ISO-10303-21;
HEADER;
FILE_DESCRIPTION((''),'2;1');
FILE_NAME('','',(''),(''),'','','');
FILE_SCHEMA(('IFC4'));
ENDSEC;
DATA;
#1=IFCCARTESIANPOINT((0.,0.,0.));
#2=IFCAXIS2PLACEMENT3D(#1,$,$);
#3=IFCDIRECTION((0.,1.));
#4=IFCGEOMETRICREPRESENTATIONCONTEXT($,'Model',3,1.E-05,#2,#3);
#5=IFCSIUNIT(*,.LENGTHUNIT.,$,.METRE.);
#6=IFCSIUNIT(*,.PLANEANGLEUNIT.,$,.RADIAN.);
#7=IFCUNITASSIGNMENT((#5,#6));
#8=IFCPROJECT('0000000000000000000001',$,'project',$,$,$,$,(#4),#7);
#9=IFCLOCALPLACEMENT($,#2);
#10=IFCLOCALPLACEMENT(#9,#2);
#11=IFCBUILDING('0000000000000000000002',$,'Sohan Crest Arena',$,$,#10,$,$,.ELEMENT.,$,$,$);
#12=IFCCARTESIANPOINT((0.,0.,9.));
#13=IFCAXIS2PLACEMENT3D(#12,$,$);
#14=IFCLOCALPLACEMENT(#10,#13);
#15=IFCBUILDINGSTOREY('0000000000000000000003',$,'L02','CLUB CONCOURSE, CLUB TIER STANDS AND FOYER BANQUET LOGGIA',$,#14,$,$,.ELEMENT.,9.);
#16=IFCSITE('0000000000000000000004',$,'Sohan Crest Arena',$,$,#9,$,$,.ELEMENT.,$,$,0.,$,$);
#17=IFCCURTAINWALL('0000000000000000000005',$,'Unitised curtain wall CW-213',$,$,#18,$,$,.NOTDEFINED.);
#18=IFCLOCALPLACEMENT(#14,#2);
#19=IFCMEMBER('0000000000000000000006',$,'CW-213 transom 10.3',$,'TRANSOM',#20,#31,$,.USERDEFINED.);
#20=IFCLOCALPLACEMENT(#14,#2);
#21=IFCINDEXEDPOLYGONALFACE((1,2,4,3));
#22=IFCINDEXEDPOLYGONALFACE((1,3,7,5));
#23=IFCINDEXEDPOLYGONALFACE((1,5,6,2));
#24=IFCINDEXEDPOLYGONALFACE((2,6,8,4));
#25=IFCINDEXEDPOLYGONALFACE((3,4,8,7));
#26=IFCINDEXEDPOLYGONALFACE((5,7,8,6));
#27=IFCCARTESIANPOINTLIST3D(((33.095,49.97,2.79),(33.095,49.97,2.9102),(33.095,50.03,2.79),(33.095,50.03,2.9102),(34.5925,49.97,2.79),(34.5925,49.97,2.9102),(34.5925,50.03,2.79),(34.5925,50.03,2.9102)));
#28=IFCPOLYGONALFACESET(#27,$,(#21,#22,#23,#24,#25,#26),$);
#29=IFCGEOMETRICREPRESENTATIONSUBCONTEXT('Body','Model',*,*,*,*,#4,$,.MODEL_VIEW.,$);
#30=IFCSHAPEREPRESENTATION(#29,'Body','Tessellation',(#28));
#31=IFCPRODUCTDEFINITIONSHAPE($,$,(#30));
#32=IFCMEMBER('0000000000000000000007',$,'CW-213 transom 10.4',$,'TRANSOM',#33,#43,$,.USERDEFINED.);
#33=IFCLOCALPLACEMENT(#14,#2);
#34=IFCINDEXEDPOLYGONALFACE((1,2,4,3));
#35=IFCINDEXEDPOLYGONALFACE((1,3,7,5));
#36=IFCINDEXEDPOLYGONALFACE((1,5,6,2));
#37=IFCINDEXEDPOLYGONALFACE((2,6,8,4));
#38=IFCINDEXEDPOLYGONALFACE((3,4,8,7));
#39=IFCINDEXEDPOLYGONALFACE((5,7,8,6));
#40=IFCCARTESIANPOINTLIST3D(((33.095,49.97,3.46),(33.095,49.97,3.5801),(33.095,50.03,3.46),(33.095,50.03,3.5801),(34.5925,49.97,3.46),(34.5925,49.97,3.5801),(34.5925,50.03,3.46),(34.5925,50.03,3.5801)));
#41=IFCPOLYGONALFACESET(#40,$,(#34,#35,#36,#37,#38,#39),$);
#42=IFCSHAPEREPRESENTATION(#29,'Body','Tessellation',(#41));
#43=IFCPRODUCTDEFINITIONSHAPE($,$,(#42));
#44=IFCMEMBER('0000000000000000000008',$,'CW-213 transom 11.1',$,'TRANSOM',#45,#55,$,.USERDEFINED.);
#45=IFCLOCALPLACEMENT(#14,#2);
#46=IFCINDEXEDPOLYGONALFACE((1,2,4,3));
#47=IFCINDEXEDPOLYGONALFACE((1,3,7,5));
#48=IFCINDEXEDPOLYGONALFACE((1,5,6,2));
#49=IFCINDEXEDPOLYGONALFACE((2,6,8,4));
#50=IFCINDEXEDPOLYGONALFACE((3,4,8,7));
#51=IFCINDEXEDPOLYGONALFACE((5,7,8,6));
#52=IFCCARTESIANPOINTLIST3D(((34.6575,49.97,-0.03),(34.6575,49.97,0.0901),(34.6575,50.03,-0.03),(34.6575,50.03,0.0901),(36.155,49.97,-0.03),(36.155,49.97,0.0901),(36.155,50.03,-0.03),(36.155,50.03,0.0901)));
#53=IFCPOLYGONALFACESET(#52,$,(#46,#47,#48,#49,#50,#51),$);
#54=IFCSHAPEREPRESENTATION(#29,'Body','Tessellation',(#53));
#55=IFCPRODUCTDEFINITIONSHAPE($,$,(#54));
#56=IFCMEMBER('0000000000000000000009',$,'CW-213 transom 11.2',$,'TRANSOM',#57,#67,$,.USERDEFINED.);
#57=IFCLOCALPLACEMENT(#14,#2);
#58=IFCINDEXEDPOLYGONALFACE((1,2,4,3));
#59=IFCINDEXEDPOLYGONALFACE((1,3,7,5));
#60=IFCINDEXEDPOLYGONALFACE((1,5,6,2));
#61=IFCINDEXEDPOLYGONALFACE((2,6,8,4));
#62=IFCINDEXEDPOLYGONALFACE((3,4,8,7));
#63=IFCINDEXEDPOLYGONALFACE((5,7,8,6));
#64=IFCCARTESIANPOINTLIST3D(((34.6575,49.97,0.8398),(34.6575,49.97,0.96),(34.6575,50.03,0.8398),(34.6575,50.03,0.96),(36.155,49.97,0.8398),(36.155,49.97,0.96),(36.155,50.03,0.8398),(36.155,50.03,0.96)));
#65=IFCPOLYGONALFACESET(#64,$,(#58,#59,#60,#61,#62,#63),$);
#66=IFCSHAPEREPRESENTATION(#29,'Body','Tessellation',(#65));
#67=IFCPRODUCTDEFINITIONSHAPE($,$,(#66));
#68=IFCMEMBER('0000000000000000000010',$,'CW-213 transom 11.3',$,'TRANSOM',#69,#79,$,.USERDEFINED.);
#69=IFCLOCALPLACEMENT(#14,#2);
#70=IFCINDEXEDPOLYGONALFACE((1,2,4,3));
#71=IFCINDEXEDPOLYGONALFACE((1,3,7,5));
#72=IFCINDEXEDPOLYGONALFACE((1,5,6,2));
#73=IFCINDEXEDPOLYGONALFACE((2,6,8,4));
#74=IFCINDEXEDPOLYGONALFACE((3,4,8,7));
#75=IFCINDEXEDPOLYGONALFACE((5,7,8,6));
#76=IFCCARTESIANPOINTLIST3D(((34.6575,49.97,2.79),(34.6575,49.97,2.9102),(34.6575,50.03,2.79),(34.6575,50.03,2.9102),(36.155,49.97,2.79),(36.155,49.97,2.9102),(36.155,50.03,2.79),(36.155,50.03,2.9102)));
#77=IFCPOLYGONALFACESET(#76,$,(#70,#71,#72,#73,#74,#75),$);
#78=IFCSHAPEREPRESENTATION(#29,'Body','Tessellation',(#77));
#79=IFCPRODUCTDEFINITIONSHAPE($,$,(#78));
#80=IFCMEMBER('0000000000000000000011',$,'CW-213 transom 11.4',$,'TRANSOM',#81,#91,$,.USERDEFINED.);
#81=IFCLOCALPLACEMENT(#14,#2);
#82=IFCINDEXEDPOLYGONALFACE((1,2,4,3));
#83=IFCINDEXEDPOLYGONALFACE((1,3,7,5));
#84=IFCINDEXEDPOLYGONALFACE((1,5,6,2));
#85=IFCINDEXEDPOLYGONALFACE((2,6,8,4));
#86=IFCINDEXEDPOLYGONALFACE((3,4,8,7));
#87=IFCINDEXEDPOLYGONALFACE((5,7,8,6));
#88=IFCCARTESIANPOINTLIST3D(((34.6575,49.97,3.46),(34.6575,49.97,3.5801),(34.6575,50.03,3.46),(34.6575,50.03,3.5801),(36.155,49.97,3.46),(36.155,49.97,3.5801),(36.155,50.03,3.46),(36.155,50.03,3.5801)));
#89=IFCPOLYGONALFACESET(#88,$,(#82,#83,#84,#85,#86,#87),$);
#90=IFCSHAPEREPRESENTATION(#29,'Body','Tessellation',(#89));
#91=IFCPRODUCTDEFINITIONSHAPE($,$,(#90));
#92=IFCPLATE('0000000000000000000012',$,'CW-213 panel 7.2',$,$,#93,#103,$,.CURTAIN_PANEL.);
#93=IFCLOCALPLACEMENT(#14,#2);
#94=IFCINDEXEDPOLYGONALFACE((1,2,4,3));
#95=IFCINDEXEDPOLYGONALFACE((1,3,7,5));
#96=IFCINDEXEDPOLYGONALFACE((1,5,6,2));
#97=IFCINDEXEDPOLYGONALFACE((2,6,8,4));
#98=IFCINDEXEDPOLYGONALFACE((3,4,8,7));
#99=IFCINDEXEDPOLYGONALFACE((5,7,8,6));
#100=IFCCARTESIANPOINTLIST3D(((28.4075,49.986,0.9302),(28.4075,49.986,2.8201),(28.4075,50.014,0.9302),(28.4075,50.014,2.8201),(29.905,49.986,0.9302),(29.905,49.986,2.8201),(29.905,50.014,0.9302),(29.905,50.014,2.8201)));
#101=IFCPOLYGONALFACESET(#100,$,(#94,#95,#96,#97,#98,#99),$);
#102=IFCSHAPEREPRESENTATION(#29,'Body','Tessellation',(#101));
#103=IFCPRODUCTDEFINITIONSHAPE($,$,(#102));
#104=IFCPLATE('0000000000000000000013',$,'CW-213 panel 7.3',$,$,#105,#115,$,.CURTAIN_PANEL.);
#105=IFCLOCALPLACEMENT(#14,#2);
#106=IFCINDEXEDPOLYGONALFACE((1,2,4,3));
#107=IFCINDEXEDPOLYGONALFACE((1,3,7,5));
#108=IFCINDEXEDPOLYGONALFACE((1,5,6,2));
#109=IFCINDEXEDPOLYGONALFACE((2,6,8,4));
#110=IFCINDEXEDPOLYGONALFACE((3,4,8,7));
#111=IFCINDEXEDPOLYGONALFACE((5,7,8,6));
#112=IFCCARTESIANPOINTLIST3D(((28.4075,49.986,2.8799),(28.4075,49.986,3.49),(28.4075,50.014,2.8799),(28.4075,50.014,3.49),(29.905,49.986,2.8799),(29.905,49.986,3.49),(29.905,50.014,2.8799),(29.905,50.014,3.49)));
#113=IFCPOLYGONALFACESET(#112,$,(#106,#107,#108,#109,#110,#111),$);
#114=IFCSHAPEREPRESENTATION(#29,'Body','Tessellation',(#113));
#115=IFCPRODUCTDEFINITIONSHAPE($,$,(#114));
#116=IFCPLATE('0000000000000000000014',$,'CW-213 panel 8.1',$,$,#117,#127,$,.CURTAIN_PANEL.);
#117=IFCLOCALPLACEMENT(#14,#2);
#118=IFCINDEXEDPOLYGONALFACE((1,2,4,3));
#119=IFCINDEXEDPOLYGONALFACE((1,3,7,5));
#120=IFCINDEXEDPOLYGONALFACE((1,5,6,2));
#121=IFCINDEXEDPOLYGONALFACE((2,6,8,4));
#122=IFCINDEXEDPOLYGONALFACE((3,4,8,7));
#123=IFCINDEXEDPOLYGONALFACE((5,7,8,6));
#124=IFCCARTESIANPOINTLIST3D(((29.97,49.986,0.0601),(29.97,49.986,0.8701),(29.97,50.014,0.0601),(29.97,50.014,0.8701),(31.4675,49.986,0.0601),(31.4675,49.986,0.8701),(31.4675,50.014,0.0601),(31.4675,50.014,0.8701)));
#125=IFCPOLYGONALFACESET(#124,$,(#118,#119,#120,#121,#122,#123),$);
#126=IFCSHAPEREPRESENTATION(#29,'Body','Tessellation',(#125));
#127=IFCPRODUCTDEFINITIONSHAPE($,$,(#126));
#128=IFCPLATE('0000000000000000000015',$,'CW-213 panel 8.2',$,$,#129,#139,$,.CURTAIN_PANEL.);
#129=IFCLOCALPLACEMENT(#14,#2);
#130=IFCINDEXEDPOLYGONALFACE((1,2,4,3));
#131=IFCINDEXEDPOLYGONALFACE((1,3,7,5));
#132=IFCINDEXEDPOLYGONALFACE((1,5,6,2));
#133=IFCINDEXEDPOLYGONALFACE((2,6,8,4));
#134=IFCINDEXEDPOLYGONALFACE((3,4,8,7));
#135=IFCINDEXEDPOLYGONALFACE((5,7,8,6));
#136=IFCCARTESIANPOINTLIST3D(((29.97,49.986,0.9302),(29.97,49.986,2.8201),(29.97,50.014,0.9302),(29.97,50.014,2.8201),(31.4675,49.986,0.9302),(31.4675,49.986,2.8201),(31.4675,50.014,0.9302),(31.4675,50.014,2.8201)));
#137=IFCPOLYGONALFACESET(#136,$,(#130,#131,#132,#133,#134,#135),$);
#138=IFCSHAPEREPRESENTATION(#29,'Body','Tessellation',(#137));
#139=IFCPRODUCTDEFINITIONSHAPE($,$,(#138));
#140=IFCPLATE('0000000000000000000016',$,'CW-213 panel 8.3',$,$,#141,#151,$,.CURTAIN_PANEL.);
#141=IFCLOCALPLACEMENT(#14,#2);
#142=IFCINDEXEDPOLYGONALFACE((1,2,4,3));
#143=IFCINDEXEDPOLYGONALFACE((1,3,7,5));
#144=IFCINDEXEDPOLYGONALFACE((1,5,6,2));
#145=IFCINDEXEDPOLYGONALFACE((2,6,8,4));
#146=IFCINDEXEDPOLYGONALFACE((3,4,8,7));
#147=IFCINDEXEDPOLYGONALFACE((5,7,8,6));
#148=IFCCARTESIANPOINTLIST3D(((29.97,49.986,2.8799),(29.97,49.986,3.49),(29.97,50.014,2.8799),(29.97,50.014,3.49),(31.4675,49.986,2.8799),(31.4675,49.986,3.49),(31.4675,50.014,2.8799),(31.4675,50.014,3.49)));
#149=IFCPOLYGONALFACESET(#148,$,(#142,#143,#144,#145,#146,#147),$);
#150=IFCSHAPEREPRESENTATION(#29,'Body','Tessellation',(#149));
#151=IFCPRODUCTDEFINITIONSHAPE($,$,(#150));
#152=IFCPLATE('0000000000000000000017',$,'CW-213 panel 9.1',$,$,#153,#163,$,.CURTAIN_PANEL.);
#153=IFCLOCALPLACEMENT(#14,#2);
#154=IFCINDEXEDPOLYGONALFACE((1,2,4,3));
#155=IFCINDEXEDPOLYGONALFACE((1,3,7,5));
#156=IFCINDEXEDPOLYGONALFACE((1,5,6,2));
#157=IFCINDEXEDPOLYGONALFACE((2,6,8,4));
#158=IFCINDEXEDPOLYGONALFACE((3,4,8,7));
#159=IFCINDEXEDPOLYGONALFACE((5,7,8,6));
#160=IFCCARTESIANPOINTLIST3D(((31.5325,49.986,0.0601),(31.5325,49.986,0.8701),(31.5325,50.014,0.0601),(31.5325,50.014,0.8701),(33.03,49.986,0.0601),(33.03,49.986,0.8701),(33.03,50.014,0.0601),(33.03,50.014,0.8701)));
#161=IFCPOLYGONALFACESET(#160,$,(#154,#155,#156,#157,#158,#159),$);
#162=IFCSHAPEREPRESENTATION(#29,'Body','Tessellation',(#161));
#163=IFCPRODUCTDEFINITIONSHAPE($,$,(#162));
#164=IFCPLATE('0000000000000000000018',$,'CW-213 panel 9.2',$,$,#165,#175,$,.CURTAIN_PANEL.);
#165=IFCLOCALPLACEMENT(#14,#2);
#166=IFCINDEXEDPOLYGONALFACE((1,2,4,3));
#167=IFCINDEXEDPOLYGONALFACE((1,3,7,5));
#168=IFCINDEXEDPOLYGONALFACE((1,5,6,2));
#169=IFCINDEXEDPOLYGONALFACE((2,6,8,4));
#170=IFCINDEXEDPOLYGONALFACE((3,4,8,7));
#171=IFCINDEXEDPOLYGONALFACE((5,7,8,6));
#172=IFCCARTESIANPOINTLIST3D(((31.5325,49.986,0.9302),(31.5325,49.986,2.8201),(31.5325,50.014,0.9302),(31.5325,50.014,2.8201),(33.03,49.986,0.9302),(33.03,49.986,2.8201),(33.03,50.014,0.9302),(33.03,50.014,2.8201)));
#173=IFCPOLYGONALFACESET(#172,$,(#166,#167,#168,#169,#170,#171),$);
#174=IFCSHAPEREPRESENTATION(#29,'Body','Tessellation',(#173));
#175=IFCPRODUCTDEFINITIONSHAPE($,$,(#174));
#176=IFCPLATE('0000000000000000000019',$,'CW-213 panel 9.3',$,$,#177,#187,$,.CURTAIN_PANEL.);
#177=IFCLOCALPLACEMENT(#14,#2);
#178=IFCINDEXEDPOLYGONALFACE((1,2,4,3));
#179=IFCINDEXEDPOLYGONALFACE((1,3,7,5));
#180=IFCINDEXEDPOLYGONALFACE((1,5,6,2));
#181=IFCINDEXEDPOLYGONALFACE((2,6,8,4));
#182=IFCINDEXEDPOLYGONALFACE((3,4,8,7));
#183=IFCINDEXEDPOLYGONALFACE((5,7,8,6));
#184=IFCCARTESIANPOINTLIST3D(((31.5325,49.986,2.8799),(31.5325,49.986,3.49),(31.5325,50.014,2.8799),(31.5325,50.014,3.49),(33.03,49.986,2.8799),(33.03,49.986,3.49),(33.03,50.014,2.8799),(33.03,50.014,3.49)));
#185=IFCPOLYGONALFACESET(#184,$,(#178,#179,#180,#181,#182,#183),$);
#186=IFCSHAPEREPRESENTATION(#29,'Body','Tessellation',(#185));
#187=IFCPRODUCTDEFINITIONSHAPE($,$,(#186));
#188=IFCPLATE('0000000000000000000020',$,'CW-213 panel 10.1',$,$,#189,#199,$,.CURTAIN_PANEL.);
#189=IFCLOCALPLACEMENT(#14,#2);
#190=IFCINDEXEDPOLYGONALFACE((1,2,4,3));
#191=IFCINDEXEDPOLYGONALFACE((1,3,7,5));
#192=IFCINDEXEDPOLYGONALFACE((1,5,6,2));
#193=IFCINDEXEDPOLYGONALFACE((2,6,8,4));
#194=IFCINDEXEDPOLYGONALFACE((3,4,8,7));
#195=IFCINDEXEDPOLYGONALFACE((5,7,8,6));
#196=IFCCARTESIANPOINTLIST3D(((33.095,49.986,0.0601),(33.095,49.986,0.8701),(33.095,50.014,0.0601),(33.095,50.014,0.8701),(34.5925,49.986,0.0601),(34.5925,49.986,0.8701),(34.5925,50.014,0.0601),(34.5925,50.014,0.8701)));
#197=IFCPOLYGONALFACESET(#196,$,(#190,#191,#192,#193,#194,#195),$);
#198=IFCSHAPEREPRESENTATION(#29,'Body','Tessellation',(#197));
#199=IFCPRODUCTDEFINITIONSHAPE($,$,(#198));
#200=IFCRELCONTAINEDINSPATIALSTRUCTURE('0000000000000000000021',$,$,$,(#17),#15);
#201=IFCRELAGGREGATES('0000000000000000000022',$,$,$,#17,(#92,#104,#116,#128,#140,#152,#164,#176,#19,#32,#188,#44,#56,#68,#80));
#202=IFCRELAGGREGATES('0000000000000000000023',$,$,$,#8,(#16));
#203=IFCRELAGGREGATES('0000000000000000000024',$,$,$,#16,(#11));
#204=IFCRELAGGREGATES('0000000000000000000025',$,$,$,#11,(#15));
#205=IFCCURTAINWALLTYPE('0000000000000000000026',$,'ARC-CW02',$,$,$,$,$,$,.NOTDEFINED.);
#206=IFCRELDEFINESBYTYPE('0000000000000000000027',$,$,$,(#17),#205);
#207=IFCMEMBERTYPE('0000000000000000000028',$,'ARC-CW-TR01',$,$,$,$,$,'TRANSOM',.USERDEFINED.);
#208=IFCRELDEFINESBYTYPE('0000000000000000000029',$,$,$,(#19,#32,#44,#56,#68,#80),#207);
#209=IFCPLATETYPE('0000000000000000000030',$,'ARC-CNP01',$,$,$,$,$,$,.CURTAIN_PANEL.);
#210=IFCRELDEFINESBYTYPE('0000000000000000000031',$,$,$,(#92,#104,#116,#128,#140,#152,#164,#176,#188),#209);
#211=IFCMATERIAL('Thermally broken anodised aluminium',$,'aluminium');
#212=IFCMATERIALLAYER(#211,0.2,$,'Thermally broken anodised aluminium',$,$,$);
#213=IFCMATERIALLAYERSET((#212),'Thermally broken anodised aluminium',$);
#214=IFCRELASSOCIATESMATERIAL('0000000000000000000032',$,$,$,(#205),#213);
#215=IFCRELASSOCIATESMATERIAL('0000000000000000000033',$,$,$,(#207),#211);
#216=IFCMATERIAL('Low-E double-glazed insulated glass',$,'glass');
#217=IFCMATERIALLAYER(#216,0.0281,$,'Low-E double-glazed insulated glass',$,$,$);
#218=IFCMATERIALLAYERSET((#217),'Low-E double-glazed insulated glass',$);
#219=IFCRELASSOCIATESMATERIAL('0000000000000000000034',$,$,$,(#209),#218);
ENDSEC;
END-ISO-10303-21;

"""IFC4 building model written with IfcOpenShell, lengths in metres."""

from ifc_helpers import new_model, si_unit, direction, frame, origin, origin_2d, place, context, subcontext, project, spatial, rectangle, extrude, material, layer, layer_set, material_profile, profile_set, type_object, element, aggregate, save


model = new_model("IFC4")

# Units and contexts
model_context = context("Model", 3, precision=1e-05, world=origin(), true_north=direction((0.0, 1.0)))
body_context = subcontext(model_context, "Body", "Model", "MODEL_VIEW")
ifc_project = project(units=[si_unit("LENGTHUNIT", "METRE"), si_unit("PLANEANGLEUNIT", "RADIAN")], contexts=[model_context])

# Site, building, storey
site_placement = place(None, origin())
site = spatial("IfcSite", under=ifc_project, at=site_placement, Name="Sohan Crest Arena", CompositionType="ELEMENT", RefElevation=0.0)
building_placement = place(site_placement, origin())
building = spatial("IfcBuilding", under=site, at=building_placement, Name="Sohan Crest Arena", CompositionType="ELEMENT")
storey_placement = place(building_placement, frame((0.0, 0.0, 9.0)))
storey = spatial("IfcBuildingStorey", under=building, at=storey_placement, Name="L02", Description="CLUB CONCOURSE, CLUB TIER STANDS AND FOYER BANQUET LOGGIA", CompositionType="ELEMENT", Elevation=9.0)

# Curtain wall, members, plates
ifc_material_1 = material(Name="Thermally broken anodised aluminium", Category="aluminium")
ifc_layer_1 = layer(ifc_material_1, 0.2, Name="Thermally broken anodised aluminium")
ifc_layer_set_1 = layer_set([ifc_layer_1], Name="Thermally broken anodised aluminium")
curtain_wall_type = type_object("IfcCurtainWallType", Name="ARC-CW02", PredefinedType="NOTDEFINED", material=ifc_layer_set_1)
curtain_wall_placement = place(storey_placement, origin())
curtain_wall = element("IfcCurtainWall", 1, at=curtain_wall_placement, inside=storey, type_object=curtain_wall_type, Name="Unitised curtain wall CW-213", PredefinedType="NOTDEFINED")
ifc_material_profile_1 = material_profile(ifc_material_1, rectangle(XDim=0.0601, YDim=0.1201, at=origin_2d()), Name="ALU-TRAN 60x120")
ifc_profile_set_1 = profile_set([ifc_material_profile_1], Name="Thermally broken anodised aluminium")
member_type_1 = type_object("IfcMemberType", Name="ARC-CW-TR01", ElementType="TRANSOM", PredefinedType="USERDEFINED", material=ifc_profile_set_1)
member_1_placement = place(storey_placement, frame((33.095, 50.0, 2.8501), z_axis=(1.0, 0.0, 0.0), x_axis=(0.0, 1.0, 0.0)))
member_1 = element("IfcMember", 2, at=member_1_placement, type_object=member_type_1, Name="CW-213 transom 10.3", ObjectType="TRANSOM", PredefinedType="USERDEFINED", context=body_context, shape_type="SweptSolid", body=[
    extrude(rectangle(XDim=0.0601, YDim=0.1201, at=origin_2d()), origin(), (0.0, 0.0, 1.0), 1.4976),
])
member_2_placement = place(storey_placement, frame((33.095, 50.0, 3.52), z_axis=(1.0, 0.0, 0.0), x_axis=(0.0, 1.0, 0.0)))
member_2 = element("IfcMember", 3, at=member_2_placement, type_object=member_type_1, Name="CW-213 transom 10.4", ObjectType="TRANSOM", PredefinedType="USERDEFINED", context=body_context, shape_type="SweptSolid", body=[
    extrude(rectangle(XDim=0.0601, YDim=0.1201, at=origin_2d()), origin(), (0.0, 0.0, 1.0), 1.4976),
])
member_3_placement = place(storey_placement, frame((34.6575, 50.0, 0.03), z_axis=(1.0, 0.0, 0.0), x_axis=(0.0, 1.0, 0.0)))
member_3 = element("IfcMember", 4, at=member_3_placement, type_object=member_type_1, Name="CW-213 transom 11.1", ObjectType="TRANSOM", PredefinedType="USERDEFINED", context=body_context, shape_type="SweptSolid", body=[
    extrude(rectangle(XDim=0.0601, YDim=0.1201, at=origin_2d()), origin(), (0.0, 0.0, 1.0), 1.4976),
])
member_4_placement = place(storey_placement, frame((34.6575, 50.0, 0.8999), z_axis=(1.0, 0.0, 0.0), x_axis=(0.0, 1.0, 0.0)))
member_4 = element("IfcMember", 5, at=member_4_placement, type_object=member_type_1, Name="CW-213 transom 11.2", ObjectType="TRANSOM", PredefinedType="USERDEFINED", context=body_context, shape_type="SweptSolid", body=[
    extrude(rectangle(XDim=0.0601, YDim=0.1201, at=origin_2d()), origin(), (0.0, 0.0, 1.0), 1.4976),
])
member_5_placement = place(storey_placement, frame((34.6575, 50.0, 2.8501), z_axis=(1.0, 0.0, 0.0), x_axis=(0.0, 1.0, 0.0)))
member_5 = element("IfcMember", 6, at=member_5_placement, type_object=member_type_1, Name="CW-213 transom 11.3", ObjectType="TRANSOM", PredefinedType="USERDEFINED", context=body_context, shape_type="SweptSolid", body=[
    extrude(rectangle(XDim=0.0601, YDim=0.1201, at=origin_2d()), origin(), (0.0, 0.0, 1.0), 1.4976),
])
member_6_placement = place(storey_placement, frame((34.6575, 50.0, 3.52), z_axis=(1.0, 0.0, 0.0), x_axis=(0.0, 1.0, 0.0)))
member_6 = element("IfcMember", 7, at=member_6_placement, type_object=member_type_1, Name="CW-213 transom 11.4", ObjectType="TRANSOM", PredefinedType="USERDEFINED", context=body_context, shape_type="SweptSolid", body=[
    extrude(rectangle(XDim=0.0601, YDim=0.1201, at=origin_2d()), origin(), (0.0, 0.0, 1.0), 1.4976),
])
ifc_material_2 = material(Name="Low-E double-glazed insulated glass", Category="glass")
ifc_layer_2 = layer(ifc_material_2, 0.0281, Name="Low-E double-glazed insulated glass")
ifc_layer_set_2 = layer_set([ifc_layer_2], Name="Low-E double-glazed insulated glass")
plate_type = type_object("IfcPlateType", Name="ARC-CNP01", PredefinedType="CURTAIN_PANEL", material=ifc_layer_set_2)
plate_1_placement = place(storey_placement, frame((29.1562, 50.0, 0.9302), z_axis=(0.0, 0.0, 1.0), x_axis=(1.0, 0.0, 0.0)))
plate_1 = element("IfcPlate", 8, at=plate_1_placement, type_object=plate_type, Name="CW-213 panel 7.2", PredefinedType="CURTAIN_PANEL", context=body_context, shape_type="SweptSolid", body=[
    extrude(rectangle(XDim=1.4976, YDim=0.0281, at=origin_2d()), origin(), (0.0, 0.0, 1.0), 1.8899),
])
plate_2_placement = place(storey_placement, frame((29.1562, 50.0, 2.8799), z_axis=(0.0, 0.0, 1.0), x_axis=(1.0, 0.0, 0.0)))
plate_2 = element("IfcPlate", 9, at=plate_2_placement, type_object=plate_type, Name="CW-213 panel 7.3", PredefinedType="CURTAIN_PANEL", context=body_context, shape_type="SweptSolid", body=[
    extrude(rectangle(XDim=1.4976, YDim=0.0281, at=origin_2d()), origin(), (0.0, 0.0, 1.0), 0.6101),
])
plate_3_placement = place(storey_placement, frame((30.7188, 50.0, 0.0601), z_axis=(0.0, 0.0, 1.0), x_axis=(1.0, 0.0, 0.0)))
plate_3 = element("IfcPlate", 10, at=plate_3_placement, type_object=plate_type, Name="CW-213 panel 8.1", PredefinedType="CURTAIN_PANEL", context=body_context, shape_type="SweptSolid", body=[
    extrude(rectangle(XDim=1.4976, YDim=0.0281, at=origin_2d()), origin(), (0.0, 0.0, 1.0), 0.8101),
])
plate_4_placement = place(storey_placement, frame((30.7188, 50.0, 0.9302), z_axis=(0.0, 0.0, 1.0), x_axis=(1.0, 0.0, 0.0)))
plate_4 = element("IfcPlate", 11, at=plate_4_placement, type_object=plate_type, Name="CW-213 panel 8.2", PredefinedType="CURTAIN_PANEL", context=body_context, shape_type="SweptSolid", body=[
    extrude(rectangle(XDim=1.4976, YDim=0.0281, at=origin_2d()), origin(), (0.0, 0.0, 1.0), 1.8899),
])
plate_5_placement = place(storey_placement, frame((30.7188, 50.0, 2.8799), z_axis=(0.0, 0.0, 1.0), x_axis=(1.0, 0.0, 0.0)))
plate_5 = element("IfcPlate", 12, at=plate_5_placement, type_object=plate_type, Name="CW-213 panel 8.3", PredefinedType="CURTAIN_PANEL", context=body_context, shape_type="SweptSolid", body=[
    extrude(rectangle(XDim=1.4976, YDim=0.0281, at=origin_2d()), origin(), (0.0, 0.0, 1.0), 0.6101),
])
plate_6_placement = place(storey_placement, frame((32.2812, 50.0, 0.0601), z_axis=(0.0, 0.0, 1.0), x_axis=(1.0, 0.0, 0.0)))
plate_6 = element("IfcPlate", 13, at=plate_6_placement, type_object=plate_type, Name="CW-213 panel 9.1", PredefinedType="CURTAIN_PANEL", context=body_context, shape_type="SweptSolid", body=[
    extrude(rectangle(XDim=1.4976, YDim=0.0281, at=origin_2d()), origin(), (0.0, 0.0, 1.0), 0.8101),
])
plate_7_placement = place(storey_placement, frame((32.2812, 50.0, 0.9302), z_axis=(0.0, 0.0, 1.0), x_axis=(1.0, 0.0, 0.0)))
plate_7 = element("IfcPlate", 14, at=plate_7_placement, type_object=plate_type, Name="CW-213 panel 9.2", PredefinedType="CURTAIN_PANEL", context=body_context, shape_type="SweptSolid", body=[
    extrude(rectangle(XDim=1.4976, YDim=0.0281, at=origin_2d()), origin(), (0.0, 0.0, 1.0), 1.8899),
])
plate_8_placement = place(storey_placement, frame((32.2812, 50.0, 2.8799), z_axis=(0.0, 0.0, 1.0), x_axis=(1.0, 0.0, 0.0)))
plate_8 = element("IfcPlate", 15, at=plate_8_placement, type_object=plate_type, Name="CW-213 panel 9.3", PredefinedType="CURTAIN_PANEL", context=body_context, shape_type="SweptSolid", body=[
    extrude(rectangle(XDim=1.4976, YDim=0.0281, at=origin_2d()), origin(), (0.0, 0.0, 1.0), 0.6101),
])
plate_9_placement = place(storey_placement, frame((33.8438, 50.0, 0.0601), z_axis=(0.0, 0.0, 1.0), x_axis=(1.0, 0.0, 0.0)))
plate_9 = element("IfcPlate", 16, at=plate_9_placement, type_object=plate_type, Name="CW-213 panel 10.1", PredefinedType="CURTAIN_PANEL", context=body_context, shape_type="SweptSolid", body=[
    extrude(rectangle(XDim=1.4976, YDim=0.0281, at=origin_2d()), origin(), (0.0, 0.0, 1.0), 0.8101),
])
aggregate(curtain_wall, [plate_1, plate_2, plate_3, plate_4, plate_5, plate_6, plate_7, plate_8, member_1, member_2, plate_9, member_3, member_4, member_5, member_6])

save(model, "model.ifc")
